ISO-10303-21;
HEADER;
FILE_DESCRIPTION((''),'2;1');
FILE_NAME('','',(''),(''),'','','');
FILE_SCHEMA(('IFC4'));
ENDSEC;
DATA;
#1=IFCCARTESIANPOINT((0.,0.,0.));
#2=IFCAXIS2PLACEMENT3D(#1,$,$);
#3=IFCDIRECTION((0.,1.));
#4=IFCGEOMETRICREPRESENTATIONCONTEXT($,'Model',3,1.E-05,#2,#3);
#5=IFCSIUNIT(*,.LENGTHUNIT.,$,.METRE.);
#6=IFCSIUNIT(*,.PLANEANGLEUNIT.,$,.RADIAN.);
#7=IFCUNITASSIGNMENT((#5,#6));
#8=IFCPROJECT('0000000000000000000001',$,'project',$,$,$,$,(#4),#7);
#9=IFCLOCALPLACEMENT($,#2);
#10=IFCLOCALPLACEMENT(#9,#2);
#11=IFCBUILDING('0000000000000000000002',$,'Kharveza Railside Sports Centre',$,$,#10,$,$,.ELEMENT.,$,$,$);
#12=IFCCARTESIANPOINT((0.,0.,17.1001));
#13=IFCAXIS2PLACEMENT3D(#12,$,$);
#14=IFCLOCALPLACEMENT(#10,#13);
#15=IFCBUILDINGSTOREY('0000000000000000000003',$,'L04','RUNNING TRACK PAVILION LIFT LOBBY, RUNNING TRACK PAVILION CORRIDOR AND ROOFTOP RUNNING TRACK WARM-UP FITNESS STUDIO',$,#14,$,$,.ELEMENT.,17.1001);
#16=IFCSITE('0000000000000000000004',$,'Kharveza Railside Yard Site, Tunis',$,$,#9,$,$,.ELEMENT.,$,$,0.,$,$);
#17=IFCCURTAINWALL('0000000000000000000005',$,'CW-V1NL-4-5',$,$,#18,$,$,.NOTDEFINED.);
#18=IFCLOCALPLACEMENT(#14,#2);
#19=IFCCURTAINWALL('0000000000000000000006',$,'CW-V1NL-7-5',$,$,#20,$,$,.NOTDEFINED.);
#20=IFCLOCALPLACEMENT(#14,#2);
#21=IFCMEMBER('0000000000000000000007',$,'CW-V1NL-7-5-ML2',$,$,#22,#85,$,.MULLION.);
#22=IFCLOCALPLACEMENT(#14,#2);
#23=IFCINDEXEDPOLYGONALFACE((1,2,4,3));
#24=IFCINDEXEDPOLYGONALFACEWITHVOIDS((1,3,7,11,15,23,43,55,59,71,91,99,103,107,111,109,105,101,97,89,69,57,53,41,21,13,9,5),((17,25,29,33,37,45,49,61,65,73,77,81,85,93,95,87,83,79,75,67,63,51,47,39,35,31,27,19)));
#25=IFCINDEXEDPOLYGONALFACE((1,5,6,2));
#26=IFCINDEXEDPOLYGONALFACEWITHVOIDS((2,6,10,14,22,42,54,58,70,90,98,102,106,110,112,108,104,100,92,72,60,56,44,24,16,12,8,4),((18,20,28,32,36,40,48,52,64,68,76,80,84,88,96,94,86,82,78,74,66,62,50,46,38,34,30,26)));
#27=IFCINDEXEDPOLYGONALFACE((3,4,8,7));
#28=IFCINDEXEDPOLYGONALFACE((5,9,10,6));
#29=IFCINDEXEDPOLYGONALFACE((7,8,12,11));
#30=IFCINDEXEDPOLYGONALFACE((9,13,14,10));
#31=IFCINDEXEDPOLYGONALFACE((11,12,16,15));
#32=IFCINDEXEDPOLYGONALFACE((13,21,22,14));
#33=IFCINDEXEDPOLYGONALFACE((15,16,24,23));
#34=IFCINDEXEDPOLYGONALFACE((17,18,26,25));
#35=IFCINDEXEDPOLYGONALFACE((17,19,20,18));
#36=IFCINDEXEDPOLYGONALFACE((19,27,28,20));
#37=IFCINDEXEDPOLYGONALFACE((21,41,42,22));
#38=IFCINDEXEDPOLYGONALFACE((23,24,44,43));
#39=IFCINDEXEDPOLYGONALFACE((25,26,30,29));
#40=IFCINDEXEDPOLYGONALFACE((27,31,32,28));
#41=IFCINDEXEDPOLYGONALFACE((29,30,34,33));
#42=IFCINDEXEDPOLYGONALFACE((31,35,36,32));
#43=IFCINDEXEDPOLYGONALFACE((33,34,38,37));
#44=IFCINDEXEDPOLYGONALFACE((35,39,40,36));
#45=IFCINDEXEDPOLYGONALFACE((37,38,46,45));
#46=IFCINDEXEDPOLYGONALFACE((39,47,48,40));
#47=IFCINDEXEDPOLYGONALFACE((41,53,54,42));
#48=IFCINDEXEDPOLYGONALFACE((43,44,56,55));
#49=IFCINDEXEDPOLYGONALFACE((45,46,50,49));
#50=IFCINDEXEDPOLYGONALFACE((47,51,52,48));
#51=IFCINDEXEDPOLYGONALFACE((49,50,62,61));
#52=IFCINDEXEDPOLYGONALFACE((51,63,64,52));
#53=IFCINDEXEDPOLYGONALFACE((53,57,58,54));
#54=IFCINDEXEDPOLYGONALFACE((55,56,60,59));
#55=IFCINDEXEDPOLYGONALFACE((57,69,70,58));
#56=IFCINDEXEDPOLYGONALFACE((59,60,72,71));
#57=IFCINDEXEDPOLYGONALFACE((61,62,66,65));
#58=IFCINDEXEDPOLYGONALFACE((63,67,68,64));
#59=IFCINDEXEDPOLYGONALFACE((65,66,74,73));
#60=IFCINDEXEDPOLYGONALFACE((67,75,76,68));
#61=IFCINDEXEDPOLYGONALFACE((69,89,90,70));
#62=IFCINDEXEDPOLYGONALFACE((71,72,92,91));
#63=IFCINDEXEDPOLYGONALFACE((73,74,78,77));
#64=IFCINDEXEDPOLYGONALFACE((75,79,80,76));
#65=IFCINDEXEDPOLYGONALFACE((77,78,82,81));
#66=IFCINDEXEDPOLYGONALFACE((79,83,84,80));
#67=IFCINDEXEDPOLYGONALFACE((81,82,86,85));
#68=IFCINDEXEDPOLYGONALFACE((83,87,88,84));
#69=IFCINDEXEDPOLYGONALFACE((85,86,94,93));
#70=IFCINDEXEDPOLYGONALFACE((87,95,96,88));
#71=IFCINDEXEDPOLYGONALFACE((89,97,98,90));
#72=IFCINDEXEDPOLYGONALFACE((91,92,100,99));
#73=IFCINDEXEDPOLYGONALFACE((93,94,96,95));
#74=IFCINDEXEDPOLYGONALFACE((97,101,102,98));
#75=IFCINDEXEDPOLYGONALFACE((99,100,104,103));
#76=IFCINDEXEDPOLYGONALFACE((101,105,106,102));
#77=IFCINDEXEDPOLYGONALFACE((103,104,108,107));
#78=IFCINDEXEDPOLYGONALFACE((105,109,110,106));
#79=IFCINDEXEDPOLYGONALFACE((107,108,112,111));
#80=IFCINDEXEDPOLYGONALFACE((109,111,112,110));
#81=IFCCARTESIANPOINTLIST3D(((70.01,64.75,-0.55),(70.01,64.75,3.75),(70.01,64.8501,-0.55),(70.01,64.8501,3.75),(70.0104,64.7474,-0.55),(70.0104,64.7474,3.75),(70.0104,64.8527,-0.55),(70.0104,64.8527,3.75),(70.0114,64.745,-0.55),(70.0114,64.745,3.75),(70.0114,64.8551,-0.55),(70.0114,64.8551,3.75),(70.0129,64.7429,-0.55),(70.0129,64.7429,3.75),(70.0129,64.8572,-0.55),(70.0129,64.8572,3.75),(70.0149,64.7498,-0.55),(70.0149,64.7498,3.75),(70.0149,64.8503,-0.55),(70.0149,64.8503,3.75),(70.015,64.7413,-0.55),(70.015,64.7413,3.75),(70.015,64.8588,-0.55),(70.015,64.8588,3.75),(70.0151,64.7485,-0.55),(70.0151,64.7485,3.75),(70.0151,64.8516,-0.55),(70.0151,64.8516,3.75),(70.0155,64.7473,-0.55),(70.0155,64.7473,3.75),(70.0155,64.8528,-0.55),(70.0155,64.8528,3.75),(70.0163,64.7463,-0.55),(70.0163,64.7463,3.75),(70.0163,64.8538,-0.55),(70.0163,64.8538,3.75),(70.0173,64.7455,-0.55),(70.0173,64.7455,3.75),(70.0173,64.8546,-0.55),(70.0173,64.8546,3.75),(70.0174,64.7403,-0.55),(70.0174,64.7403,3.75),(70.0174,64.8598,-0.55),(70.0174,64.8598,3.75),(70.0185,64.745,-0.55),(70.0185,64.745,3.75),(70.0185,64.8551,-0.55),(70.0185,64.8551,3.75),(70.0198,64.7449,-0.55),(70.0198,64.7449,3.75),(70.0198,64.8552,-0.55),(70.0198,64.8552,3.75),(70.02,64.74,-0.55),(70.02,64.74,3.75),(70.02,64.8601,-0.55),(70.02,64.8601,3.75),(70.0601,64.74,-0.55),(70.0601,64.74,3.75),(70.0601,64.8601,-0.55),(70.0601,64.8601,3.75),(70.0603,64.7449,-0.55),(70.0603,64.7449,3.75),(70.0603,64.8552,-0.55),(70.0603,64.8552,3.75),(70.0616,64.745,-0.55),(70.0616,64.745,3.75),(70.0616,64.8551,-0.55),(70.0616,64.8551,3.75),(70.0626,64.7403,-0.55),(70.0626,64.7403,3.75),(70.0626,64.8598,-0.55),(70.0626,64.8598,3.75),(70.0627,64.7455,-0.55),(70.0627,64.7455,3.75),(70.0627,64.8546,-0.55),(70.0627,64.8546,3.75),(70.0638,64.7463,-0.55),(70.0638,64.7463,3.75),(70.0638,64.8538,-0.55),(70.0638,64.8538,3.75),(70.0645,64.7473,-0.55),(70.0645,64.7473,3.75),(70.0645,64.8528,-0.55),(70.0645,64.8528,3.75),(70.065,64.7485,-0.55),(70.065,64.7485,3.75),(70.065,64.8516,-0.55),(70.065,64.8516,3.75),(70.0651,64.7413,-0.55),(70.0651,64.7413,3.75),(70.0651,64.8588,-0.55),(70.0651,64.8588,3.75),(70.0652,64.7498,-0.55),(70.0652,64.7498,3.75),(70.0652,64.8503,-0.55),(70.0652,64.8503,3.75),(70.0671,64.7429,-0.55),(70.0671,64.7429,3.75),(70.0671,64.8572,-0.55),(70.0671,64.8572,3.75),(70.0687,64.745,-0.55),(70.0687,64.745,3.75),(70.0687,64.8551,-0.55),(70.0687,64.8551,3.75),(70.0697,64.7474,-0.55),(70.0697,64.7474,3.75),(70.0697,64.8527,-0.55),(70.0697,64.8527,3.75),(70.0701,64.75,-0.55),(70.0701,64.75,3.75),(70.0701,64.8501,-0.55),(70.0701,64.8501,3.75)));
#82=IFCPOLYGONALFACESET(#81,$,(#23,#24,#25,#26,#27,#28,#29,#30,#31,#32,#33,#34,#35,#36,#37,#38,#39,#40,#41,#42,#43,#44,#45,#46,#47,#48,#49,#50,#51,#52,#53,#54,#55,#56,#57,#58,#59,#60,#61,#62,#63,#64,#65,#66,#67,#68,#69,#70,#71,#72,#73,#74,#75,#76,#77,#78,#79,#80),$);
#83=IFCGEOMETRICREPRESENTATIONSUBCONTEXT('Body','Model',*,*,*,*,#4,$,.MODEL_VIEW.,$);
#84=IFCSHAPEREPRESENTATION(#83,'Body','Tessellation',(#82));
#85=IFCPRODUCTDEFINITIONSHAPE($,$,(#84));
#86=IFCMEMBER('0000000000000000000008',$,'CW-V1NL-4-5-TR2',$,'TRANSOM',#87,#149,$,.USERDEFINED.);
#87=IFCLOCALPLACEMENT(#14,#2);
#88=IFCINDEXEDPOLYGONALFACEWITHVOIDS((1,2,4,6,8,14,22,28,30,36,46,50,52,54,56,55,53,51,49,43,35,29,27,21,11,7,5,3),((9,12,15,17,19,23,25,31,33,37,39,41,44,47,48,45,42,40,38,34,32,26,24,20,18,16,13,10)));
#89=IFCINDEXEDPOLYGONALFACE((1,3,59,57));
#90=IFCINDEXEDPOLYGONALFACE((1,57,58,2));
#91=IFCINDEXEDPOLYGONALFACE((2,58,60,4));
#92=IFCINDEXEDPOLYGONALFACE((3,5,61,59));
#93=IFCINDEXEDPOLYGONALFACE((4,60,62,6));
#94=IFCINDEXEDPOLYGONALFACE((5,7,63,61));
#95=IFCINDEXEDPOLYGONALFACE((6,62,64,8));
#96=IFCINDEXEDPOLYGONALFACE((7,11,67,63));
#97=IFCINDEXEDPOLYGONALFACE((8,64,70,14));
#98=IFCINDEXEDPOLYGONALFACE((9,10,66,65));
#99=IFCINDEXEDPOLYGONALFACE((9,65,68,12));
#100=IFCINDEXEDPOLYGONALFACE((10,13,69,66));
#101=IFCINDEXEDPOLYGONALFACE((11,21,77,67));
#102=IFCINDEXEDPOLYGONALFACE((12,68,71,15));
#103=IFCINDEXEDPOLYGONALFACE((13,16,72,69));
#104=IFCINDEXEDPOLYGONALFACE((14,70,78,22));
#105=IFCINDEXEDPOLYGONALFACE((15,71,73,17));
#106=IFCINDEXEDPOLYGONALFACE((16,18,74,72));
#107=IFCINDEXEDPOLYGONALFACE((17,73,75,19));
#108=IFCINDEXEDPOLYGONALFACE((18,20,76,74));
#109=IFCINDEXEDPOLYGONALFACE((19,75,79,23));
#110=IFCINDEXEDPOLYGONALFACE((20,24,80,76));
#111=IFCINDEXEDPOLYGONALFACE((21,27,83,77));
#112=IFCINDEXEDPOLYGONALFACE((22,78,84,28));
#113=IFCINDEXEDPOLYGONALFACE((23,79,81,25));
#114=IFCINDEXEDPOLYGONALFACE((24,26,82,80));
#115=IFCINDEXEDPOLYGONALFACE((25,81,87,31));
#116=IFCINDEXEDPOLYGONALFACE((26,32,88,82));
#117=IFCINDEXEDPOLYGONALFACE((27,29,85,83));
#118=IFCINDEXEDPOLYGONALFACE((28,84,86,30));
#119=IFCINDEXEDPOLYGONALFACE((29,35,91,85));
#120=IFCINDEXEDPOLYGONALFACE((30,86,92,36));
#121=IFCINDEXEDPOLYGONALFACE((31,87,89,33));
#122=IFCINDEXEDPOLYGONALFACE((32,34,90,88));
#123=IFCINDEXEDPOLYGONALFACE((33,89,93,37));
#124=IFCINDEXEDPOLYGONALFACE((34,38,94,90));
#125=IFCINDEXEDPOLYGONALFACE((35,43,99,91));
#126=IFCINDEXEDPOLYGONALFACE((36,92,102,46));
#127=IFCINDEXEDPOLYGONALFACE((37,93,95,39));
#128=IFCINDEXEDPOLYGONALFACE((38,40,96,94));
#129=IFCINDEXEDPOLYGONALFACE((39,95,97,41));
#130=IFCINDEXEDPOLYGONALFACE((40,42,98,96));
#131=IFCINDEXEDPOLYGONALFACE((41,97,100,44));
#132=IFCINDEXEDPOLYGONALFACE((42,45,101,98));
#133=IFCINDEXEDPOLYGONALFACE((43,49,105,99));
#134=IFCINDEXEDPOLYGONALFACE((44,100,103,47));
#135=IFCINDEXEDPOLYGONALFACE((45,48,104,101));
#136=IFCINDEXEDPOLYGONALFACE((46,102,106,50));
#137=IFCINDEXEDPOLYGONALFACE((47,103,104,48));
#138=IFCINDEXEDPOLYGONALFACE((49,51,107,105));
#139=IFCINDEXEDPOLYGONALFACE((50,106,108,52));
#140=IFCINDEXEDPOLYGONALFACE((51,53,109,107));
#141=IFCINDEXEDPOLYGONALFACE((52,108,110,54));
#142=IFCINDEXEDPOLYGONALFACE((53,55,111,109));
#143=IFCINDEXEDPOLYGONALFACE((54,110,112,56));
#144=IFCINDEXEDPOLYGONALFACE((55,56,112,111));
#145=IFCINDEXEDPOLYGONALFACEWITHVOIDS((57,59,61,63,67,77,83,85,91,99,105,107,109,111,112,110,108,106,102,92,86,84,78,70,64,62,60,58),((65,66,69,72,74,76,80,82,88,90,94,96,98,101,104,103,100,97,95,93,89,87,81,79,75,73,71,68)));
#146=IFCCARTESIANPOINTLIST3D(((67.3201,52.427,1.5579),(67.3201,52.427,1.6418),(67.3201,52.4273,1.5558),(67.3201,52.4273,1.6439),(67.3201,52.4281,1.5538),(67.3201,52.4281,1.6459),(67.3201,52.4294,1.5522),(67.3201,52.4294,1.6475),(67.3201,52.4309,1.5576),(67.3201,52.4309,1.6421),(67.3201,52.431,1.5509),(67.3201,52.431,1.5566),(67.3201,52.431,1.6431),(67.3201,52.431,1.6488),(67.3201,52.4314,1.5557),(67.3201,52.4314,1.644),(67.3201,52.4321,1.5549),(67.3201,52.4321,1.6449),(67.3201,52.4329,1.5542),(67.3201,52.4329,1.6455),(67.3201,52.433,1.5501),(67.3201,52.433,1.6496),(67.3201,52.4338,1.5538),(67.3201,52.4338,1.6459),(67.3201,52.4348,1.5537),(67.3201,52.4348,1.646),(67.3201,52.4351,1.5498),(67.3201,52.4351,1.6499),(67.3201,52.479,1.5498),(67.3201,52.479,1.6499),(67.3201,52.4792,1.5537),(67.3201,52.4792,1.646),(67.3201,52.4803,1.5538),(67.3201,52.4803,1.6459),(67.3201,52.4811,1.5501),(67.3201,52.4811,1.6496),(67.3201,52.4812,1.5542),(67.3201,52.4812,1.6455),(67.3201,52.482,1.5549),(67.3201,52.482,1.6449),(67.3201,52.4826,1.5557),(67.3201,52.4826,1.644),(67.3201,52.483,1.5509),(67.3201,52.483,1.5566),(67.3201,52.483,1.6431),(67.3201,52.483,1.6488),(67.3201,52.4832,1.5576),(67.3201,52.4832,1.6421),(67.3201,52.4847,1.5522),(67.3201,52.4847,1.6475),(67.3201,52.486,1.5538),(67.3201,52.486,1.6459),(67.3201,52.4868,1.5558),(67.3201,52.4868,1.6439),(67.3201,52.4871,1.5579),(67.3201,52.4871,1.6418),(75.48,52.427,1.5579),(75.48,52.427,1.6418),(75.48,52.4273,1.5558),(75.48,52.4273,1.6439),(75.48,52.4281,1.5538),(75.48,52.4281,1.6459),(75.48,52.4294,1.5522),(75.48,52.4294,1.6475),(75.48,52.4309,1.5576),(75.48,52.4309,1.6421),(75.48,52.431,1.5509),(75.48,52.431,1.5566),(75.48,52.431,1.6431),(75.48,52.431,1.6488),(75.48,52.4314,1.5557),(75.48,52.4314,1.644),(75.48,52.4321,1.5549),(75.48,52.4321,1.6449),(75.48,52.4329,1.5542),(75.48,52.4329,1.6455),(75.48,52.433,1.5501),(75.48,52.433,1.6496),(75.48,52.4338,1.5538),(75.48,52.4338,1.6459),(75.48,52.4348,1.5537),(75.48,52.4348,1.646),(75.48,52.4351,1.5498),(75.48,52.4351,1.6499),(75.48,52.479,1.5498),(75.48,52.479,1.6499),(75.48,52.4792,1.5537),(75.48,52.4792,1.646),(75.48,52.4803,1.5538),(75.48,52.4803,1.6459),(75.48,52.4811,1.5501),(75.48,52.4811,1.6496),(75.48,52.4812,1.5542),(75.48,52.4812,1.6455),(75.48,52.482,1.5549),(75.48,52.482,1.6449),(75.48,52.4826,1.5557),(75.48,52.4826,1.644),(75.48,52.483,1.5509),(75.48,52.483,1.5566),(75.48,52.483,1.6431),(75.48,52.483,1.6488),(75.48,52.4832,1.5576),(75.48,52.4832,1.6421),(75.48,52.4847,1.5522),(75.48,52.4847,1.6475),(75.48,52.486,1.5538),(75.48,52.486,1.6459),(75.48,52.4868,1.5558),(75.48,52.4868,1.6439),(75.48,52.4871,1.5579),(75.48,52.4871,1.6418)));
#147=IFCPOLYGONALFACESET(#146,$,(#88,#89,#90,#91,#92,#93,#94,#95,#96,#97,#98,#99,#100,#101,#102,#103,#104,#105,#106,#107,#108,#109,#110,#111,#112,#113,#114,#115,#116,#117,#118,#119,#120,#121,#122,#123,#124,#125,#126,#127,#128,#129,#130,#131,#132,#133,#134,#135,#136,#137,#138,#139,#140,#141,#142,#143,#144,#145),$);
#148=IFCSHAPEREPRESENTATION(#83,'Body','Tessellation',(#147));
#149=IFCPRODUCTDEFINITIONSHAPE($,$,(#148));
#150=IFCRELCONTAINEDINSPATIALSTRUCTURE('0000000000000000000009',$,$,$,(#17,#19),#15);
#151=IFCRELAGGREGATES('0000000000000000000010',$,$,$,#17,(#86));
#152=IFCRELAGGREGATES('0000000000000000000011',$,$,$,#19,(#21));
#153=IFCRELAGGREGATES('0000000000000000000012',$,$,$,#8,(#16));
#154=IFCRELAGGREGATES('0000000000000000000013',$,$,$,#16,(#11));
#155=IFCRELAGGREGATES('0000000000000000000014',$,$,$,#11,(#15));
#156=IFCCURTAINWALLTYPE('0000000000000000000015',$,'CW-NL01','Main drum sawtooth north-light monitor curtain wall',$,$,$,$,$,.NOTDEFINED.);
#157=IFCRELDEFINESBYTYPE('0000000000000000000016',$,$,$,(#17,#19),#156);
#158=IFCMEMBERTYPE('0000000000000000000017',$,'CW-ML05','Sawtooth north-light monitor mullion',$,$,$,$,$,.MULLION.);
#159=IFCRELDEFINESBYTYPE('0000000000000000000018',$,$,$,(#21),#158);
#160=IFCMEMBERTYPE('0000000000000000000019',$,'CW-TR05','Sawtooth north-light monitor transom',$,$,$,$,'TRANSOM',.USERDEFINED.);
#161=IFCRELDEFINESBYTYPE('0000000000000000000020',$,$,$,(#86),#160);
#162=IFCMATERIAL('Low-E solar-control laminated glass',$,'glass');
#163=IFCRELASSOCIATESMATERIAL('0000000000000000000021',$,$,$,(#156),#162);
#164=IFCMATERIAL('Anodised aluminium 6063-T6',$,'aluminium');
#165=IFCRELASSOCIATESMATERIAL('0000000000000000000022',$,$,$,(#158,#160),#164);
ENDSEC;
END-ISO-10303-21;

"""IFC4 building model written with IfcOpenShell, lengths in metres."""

from ifc_helpers import new_model, si_unit, direction, frame, origin, origin_2d, place, context, subcontext, project, spatial, hollow_rectangle, extrude, material, material_profile, profile_set, type_object, element, aggregate, save


model = new_model("IFC4")

# Units and contexts
model_context = context("Model", 3, precision=1e-05, world=origin(), true_north=direction((0.0, 1.0)))
body_context = subcontext(model_context, "Body", "Model", "MODEL_VIEW")
ifc_project = project(units=[si_unit("LENGTHUNIT", "METRE"), si_unit("PLANEANGLEUNIT", "RADIAN")], contexts=[model_context])

# Site, building, storey
site_placement = place(None, origin())
site = spatial("IfcSite", under=ifc_project, at=site_placement, Name="Kharveza Railside Yard Site, Tunis", CompositionType="ELEMENT", RefElevation=0.0)
building_placement = place(site_placement, origin())
building = spatial("IfcBuilding", under=site, at=building_placement, Name="Kharveza Railside Sports Centre", CompositionType="ELEMENT")
storey_placement = place(building_placement, frame((0.0, 0.0, 17.1001)))
storey = spatial("IfcBuildingStorey", under=building, at=storey_placement, Name="L04", Description="RUNNING TRACK PAVILION LIFT LOBBY, RUNNING TRACK PAVILION CORRIDOR AND ROOFTOP RUNNING TRACK WARM-UP FITNESS STUDIO", CompositionType="ELEMENT", Elevation=17.1001)

# Curtain wall
ifc_material_1 = material(Name="Low-E solar-control laminated glass", Category="glass")
curtain_wall_type = type_object("IfcCurtainWallType", Name="CW-NL01", Description="Main drum sawtooth north-light monitor curtain wall", PredefinedType="NOTDEFINED", material=ifc_material_1)
curtain_wall_1_placement = place(storey_placement, origin())
curtain_wall_1 = element("IfcCurtainWall", 1, at=curtain_wall_1_placement, inside=storey, type_object=curtain_wall_type, Name="CW-V1NL-4-5", PredefinedType="NOTDEFINED")
ifc_material_2 = material(Name="Anodised aluminium 6063-T6", Category="aluminium")
ifc_material_profile_1 = material_profile(ifc_material_2, hollow_rectangle(XDim=0.0601, YDim=0.1201, WallThickness=0.0049, InnerFilletRadius=0.0049, OuterFilletRadius=0.01, at=origin_2d()), Name="RHS 60x120x5.0")
ifc_profile_set_1 = profile_set([ifc_material_profile_1], Name="Anodised aluminium 6063-T6")
member_type_1 = type_object("IfcMemberType", Name="CW-ML05", Description="Sawtooth north-light monitor mullion", PredefinedType="MULLION", material=ifc_profile_set_1)

# Curtain wall, member
curtain_wall_2_placement = place(storey_placement, origin())
curtain_wall_2 = element("IfcCurtainWall", 2, at=curtain_wall_2_placement, inside=storey, type_object=curtain_wall_type, Name="CW-V1NL-7-5", PredefinedType="NOTDEFINED")
member_1_placement = place(storey_placement, frame((70.04, 64.8, -0.55), z_axis=(0.0, 0.0, 1.0), x_axis=(1.0, 0.0, 0.0)))
member_1 = element("IfcMember", 3, at=member_1_placement, type_object=member_type_1, Name="CW-V1NL-7-5-ML2", PredefinedType="MULLION", context=body_context, shape_type="SweptSolid", body=[
    extrude(hollow_rectangle(XDim=0.0601, YDim=0.1201, WallThickness=0.0049, InnerFilletRadius=0.0049, OuterFilletRadius=0.01, at=origin_2d()), origin(), (0.0, 0.0, 1.0), 4.3),
])

# Member
ifc_material_profile_2 = material_profile(ifc_material_2, hollow_rectangle(XDim=0.0601, YDim=0.1001, WallThickness=0.0039, InnerFilletRadius=0.0039, OuterFilletRadius=0.0081, at=origin_2d()), Name="RHS 60x100x4.0")
ifc_profile_set_2 = profile_set([ifc_material_profile_2], Name="Anodised aluminium 6063-T6")
member_type_2 = type_object("IfcMemberType", Name="CW-TR05", Description="Sawtooth north-light monitor transom", ElementType="TRANSOM", PredefinedType="USERDEFINED", material=ifc_profile_set_2)
member_2_placement = place(storey_placement, frame((67.3201, 52.457, 1.5999), z_axis=(1.0, 0.0, 0.0), x_axis=(0.0, 1.0, 0.0)))
member_2 = element("IfcMember", 4, at=member_2_placement, type_object=member_type_2, Name="CW-V1NL-4-5-TR2", ObjectType="TRANSOM", PredefinedType="USERDEFINED", context=body_context, shape_type="SweptSolid", body=[
    extrude(hollow_rectangle(XDim=0.0601, YDim=0.1001, WallThickness=0.0039, InnerFilletRadius=0.0039, OuterFilletRadius=0.0081, at=origin_2d()), origin(), (0.0, 0.0, 1.0), 8.1599),
])

aggregate(curtain_wall_1, [member_2])
aggregate(curtain_wall_2, [member_1])

save(model, "model.ifc")
